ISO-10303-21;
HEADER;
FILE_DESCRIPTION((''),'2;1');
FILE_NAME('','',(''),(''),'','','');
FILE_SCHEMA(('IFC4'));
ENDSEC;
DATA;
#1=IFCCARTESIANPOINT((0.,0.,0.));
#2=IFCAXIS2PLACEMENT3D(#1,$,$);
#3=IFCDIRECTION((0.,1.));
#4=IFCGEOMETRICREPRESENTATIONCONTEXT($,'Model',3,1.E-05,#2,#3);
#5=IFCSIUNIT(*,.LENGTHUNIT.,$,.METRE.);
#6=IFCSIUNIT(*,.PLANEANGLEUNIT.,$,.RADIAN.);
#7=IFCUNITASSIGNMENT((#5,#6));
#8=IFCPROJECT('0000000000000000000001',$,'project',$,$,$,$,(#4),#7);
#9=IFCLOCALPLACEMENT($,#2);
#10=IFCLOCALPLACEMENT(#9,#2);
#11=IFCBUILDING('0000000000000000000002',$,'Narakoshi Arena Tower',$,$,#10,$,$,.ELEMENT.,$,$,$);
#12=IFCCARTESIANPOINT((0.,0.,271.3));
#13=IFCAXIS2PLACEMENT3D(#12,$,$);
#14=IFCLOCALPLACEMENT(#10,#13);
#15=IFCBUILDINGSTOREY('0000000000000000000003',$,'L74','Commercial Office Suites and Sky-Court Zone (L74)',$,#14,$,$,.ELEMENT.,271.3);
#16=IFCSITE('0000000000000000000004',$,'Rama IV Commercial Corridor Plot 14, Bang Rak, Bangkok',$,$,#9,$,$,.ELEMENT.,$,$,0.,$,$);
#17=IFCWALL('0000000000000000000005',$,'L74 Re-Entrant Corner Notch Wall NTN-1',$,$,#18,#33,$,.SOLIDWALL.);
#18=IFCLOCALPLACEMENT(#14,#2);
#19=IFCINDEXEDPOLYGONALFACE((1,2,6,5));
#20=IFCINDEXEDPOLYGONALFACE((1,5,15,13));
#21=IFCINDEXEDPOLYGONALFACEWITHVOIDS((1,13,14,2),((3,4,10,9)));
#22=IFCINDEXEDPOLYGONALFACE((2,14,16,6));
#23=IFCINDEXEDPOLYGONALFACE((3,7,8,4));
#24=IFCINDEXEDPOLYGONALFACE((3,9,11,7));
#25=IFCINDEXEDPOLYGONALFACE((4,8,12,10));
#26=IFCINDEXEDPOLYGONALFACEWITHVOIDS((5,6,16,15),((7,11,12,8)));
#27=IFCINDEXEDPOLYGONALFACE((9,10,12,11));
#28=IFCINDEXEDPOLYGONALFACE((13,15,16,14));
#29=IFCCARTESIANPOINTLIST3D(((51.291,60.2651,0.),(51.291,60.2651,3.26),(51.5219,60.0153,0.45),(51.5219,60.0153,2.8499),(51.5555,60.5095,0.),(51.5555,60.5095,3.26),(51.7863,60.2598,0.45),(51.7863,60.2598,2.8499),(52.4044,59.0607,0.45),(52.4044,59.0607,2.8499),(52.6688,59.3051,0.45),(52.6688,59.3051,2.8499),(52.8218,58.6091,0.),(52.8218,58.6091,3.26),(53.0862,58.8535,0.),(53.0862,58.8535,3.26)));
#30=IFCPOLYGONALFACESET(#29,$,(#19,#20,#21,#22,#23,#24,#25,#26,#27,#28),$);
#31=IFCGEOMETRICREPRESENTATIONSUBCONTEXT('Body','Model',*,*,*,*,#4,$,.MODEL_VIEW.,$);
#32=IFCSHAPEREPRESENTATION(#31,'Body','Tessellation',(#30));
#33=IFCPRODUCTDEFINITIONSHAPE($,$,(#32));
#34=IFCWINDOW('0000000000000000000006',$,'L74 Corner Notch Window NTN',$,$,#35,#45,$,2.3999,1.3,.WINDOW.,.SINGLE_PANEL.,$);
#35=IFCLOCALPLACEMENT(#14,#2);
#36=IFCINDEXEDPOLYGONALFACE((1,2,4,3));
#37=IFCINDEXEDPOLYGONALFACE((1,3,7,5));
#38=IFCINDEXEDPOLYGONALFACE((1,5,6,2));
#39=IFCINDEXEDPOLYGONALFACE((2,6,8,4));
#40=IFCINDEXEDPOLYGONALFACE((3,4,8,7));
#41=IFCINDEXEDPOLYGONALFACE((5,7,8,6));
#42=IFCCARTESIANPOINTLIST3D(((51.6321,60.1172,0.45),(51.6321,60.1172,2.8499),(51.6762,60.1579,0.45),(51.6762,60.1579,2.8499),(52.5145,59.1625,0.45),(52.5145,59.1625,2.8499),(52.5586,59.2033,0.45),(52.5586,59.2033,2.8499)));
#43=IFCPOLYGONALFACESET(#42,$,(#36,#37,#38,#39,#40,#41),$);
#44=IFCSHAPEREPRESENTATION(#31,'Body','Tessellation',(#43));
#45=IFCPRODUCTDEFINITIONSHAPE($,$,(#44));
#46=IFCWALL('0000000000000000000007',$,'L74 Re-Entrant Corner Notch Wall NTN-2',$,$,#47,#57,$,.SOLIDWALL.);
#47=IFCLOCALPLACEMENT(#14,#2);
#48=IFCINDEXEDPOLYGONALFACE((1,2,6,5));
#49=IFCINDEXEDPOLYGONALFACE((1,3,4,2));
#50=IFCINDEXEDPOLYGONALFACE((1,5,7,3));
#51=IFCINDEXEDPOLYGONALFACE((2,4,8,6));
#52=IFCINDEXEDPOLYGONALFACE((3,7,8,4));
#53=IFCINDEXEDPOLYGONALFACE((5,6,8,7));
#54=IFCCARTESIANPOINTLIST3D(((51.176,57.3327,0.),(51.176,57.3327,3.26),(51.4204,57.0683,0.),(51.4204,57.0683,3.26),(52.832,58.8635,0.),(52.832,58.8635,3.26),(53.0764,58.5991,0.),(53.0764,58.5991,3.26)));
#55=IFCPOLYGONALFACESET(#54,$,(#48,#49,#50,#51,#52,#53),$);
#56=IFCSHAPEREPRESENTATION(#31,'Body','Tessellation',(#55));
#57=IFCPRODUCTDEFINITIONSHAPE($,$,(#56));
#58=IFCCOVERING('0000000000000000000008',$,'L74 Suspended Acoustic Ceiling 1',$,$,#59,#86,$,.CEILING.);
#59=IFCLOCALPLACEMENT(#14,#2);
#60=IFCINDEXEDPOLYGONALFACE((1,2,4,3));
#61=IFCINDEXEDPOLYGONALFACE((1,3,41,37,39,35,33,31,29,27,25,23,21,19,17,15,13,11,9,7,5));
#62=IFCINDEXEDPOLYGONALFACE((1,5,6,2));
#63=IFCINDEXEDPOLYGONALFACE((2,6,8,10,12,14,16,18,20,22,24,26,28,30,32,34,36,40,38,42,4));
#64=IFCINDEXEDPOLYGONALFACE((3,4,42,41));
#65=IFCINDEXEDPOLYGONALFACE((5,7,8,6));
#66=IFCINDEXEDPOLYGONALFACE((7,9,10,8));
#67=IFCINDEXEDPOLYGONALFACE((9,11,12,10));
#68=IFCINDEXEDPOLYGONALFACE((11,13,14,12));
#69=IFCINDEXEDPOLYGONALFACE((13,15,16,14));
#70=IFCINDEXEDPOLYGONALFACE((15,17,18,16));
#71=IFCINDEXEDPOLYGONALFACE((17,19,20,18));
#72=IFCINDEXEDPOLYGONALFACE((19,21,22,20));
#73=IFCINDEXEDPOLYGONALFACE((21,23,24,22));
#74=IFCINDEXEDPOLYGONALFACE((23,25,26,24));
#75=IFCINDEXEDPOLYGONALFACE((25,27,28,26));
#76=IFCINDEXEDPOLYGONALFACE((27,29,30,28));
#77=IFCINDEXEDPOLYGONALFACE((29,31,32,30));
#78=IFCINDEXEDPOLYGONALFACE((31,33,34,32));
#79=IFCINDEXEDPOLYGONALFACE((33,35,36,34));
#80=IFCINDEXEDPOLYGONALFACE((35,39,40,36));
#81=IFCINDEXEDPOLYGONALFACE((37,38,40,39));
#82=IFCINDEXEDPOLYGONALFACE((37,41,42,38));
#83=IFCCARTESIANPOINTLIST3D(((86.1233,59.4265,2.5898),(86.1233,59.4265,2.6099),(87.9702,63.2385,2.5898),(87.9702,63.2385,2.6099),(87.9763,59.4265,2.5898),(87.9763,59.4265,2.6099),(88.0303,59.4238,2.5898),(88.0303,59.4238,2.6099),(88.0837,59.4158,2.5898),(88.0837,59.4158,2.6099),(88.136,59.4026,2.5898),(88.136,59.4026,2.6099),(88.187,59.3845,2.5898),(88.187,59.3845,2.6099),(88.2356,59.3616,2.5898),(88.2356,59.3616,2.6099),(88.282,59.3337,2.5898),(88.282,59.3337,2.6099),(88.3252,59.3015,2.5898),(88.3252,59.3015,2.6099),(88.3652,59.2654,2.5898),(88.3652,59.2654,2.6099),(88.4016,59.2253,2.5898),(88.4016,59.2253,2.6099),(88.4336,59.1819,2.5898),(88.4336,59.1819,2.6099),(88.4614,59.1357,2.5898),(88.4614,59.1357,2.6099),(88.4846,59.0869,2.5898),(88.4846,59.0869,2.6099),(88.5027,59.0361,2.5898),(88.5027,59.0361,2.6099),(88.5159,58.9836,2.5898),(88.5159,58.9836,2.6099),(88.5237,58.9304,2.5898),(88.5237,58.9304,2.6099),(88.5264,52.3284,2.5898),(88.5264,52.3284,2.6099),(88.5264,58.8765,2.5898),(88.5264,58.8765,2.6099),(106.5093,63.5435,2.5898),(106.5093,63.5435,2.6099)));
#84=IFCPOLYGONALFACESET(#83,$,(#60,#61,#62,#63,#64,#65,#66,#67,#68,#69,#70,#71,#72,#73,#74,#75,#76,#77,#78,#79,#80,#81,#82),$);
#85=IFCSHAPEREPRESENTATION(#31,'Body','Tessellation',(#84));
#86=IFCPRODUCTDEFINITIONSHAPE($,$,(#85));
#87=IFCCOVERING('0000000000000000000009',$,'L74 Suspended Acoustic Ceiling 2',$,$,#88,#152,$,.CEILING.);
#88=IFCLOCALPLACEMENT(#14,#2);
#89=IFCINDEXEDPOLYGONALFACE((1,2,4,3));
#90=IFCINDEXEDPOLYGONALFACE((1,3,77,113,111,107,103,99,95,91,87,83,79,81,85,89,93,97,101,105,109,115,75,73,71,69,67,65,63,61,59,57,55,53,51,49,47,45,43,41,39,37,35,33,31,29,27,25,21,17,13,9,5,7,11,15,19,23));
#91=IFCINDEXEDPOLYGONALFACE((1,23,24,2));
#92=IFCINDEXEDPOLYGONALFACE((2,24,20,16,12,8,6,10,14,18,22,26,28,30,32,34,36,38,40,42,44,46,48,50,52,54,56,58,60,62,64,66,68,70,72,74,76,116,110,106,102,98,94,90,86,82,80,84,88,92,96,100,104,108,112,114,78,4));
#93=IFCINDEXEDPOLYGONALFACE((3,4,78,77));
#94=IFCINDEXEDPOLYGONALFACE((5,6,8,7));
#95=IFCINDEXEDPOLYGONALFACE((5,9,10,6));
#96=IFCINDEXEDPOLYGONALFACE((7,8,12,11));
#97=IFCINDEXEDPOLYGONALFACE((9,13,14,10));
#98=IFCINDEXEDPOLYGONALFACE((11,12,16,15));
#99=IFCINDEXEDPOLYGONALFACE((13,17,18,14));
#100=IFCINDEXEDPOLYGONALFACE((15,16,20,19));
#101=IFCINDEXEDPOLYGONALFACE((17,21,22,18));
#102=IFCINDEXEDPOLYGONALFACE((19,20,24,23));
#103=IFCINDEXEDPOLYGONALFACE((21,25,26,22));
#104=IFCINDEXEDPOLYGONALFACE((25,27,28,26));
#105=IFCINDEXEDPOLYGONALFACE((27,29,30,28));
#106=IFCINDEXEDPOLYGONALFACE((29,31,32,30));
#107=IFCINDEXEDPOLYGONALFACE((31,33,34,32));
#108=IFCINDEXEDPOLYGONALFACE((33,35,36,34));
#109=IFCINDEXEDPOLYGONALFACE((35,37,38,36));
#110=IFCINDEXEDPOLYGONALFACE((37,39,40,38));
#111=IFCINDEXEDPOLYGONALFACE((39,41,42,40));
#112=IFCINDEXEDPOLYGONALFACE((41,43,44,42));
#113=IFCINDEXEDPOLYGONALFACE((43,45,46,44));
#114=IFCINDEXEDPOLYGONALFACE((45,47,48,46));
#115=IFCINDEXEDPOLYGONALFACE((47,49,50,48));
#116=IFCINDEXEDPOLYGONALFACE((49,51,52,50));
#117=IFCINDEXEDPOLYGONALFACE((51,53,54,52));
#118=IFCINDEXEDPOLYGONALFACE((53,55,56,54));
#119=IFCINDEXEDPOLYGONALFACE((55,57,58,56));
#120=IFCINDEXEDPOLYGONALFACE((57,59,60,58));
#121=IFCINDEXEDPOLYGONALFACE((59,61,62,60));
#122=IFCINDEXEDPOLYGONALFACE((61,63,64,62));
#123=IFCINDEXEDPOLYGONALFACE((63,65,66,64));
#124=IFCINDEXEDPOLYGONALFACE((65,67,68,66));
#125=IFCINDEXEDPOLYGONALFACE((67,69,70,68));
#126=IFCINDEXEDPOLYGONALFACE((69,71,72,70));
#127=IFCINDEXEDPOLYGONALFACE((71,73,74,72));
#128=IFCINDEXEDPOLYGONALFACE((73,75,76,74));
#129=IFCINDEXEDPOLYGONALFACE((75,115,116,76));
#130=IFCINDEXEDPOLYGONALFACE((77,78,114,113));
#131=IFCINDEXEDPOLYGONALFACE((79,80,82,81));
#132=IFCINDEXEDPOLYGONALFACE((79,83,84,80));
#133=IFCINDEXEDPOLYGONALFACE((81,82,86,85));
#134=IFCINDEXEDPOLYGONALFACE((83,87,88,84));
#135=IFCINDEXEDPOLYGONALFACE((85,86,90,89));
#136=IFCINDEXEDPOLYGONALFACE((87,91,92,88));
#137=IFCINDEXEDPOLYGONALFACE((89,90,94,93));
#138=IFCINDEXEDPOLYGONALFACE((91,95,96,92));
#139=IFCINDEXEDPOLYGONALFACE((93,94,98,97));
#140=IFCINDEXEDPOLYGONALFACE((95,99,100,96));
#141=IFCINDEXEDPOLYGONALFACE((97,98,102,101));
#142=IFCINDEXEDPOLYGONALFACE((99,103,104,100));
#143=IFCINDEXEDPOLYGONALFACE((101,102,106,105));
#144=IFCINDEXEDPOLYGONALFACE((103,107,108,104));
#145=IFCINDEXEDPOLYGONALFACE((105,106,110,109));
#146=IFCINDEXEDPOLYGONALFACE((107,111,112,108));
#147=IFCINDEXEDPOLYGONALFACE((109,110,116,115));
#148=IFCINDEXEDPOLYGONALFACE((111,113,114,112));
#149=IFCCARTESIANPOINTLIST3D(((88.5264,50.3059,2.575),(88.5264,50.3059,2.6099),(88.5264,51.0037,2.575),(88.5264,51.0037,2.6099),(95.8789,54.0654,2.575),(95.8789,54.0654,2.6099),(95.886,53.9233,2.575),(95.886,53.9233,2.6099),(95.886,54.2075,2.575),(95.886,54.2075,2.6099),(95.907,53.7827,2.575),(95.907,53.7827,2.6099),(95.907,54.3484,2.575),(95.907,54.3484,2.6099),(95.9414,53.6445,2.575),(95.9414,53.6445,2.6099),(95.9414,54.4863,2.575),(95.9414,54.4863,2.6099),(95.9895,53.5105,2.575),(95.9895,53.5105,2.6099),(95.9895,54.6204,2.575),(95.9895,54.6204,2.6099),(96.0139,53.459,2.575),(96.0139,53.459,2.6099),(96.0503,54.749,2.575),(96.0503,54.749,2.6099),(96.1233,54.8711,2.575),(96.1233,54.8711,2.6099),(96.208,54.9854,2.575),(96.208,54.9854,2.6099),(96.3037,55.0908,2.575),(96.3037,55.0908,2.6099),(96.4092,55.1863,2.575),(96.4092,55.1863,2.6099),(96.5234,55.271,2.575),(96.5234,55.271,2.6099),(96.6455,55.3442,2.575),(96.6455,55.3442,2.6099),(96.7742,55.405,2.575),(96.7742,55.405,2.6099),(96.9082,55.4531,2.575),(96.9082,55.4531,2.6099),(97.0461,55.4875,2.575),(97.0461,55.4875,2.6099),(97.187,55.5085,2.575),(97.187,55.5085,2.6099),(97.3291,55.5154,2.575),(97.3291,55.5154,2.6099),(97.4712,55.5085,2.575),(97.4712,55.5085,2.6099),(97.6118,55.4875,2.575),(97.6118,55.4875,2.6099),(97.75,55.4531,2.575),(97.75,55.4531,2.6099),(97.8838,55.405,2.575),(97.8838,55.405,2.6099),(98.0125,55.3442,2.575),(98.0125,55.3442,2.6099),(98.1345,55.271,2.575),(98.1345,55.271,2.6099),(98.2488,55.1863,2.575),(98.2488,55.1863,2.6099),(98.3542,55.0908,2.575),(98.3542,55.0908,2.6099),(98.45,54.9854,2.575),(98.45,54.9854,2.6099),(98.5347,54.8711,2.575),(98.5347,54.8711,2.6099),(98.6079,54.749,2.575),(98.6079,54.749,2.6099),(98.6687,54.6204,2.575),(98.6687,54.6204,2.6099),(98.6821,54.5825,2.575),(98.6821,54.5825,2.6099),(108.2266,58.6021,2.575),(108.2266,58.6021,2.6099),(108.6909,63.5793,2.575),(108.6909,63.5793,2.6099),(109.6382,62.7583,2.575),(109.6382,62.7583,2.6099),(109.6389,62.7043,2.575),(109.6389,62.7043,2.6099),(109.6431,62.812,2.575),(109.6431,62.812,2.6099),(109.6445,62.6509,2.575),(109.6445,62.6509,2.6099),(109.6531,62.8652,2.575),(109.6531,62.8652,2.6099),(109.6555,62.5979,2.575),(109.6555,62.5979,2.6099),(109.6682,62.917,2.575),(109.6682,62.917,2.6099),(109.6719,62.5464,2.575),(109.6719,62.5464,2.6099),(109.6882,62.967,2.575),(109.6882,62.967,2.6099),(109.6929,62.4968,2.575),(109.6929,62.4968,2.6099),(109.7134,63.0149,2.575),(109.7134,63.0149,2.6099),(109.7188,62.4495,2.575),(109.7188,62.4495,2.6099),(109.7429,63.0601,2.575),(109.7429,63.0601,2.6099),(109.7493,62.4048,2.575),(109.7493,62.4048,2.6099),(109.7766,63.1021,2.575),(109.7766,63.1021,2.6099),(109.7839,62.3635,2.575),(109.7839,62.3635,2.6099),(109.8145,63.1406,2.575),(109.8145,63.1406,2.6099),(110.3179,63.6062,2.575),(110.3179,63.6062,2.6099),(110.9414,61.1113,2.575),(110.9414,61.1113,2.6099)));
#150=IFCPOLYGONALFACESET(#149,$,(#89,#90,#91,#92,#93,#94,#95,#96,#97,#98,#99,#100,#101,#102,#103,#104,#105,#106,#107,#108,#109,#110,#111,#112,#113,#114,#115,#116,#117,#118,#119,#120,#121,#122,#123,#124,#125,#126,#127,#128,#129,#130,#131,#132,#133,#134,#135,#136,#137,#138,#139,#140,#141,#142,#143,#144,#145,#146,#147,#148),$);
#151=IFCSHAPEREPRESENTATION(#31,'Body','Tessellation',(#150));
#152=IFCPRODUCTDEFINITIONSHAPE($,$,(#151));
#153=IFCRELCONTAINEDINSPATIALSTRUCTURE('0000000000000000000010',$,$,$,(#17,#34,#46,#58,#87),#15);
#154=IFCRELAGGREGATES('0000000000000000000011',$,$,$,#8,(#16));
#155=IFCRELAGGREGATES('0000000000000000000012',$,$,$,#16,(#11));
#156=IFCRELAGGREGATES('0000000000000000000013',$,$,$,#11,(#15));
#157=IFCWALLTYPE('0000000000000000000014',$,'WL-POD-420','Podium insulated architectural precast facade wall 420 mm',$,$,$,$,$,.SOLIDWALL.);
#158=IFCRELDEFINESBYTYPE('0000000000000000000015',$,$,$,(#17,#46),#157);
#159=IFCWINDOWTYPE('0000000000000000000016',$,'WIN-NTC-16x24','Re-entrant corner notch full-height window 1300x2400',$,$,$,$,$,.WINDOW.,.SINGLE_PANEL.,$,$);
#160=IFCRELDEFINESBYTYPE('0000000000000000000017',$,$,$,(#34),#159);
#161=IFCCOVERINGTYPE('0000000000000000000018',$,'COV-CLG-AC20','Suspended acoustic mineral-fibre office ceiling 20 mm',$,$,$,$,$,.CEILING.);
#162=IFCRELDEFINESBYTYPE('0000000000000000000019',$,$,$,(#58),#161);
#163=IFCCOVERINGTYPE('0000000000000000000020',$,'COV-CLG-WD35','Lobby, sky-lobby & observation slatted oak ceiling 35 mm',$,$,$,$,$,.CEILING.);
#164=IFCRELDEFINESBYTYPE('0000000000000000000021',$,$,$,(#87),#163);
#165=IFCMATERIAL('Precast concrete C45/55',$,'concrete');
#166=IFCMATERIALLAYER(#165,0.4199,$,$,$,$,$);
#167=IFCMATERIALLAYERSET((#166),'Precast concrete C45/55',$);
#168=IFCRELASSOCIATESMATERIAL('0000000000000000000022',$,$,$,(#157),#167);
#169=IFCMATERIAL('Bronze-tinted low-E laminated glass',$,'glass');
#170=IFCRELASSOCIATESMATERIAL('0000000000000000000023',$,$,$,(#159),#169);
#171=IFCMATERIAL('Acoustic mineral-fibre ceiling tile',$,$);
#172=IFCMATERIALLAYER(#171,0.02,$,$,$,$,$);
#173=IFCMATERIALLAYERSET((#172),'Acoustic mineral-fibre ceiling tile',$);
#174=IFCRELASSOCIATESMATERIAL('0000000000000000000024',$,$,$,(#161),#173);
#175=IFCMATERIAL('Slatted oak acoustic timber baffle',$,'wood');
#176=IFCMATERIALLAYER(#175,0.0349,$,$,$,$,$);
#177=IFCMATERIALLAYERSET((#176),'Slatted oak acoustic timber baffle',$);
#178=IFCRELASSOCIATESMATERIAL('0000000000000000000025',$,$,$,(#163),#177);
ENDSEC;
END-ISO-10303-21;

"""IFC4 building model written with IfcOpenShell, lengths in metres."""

from ifc_helpers import new_model, si_unit, direction, frame, frame_2d, origin, place, context, subcontext, project, spatial, polyline, rectangle, outline, extrude, material, layer, layer_set, type_object, element, fill, save


model = new_model("IFC4")

# Units and contexts
model_context = context("Model", 3, precision=1e-05, world=origin(), true_north=direction((0.0, 1.0)))
body_context = subcontext(model_context, "Body", "Model", "MODEL_VIEW")
ifc_project = project(units=[si_unit("LENGTHUNIT", "METRE"), si_unit("PLANEANGLEUNIT", "RADIAN")], contexts=[model_context])

# Site, building, storey
site_placement = place(None, origin())
site = spatial("IfcSite", under=ifc_project, at=site_placement, Name="Rama IV Commercial Corridor Plot 14, Bang Rak, Bangkok", CompositionType="ELEMENT", RefElevation=0.0)
building_placement = place(site_placement, origin())
building = spatial("IfcBuilding", under=site, at=building_placement, Name="Narakoshi Arena Tower", CompositionType="ELEMENT")
storey_placement = place(building_placement, frame((0.0, 0.0, 271.3)))
storey = spatial("IfcBuildingStorey", under=building, at=storey_placement, Name="L74", Description="Commercial Office Suites and Sky-Court Zone (L74)", CompositionType="ELEMENT", Elevation=271.3)

# Shared definitions
ifc_material_1 = material(Name="Bronze-tinted low-E laminated glass", Category="glass")

# Shared definitions
ifc_material_2 = material(Name="Precast concrete C45/55", Category="concrete")

# Wall, opening, window
ifc_layer_1 = layer(ifc_material_2, 0.4199)
ifc_layer_set_1 = layer_set([ifc_layer_1], Name="Precast concrete C45/55")
wall_type_1 = type_object("IfcWallType", Name="WL-POD-420", Description="Podium insulated architectural precast facade wall 420 mm", PredefinedType="SOLIDWALL", material=ifc_layer_set_1)
wall_1_placement = place(storey_placement, frame((51.4233, 60.3872, 0.0), z_axis=(0.0, 0.0, 1.0), x_axis=(0.678793, -0.73433, 0.0)))
wall_1 = element("IfcWall", 1, at=wall_1_placement, inside=storey, type_object=wall_type_1, Name="L74 Re-Entrant Corner Notch Wall NTN-1", PredefinedType="SOLIDWALL", context=body_context, shape_type="SweptSolid", body=[
    extrude(rectangle(XDim=2.2551, YDim=0.3601, at=frame_2d((1.1274, 0.0))), origin(), (0.0, 0.0, 1.0), 3.26),
])
opening_1_placement = place(wall_1_placement, frame((0.3401, 0.0, 0.45)))
opening_1 = element("IfcOpeningElement", 2, at=opening_1_placement, cuts=wall_1, PredefinedType="OPENING", context=body_context, shape_type="SweptSolid", body=[
    extrude(rectangle(XDim=1.3, YDim=2.3999, at=frame_2d((0.6499, 1.2))), frame((0.0, 0.1899, 0.0), z_axis=(0.0, -1.0, 0.0), x_axis=(1.0, 0.0, 0.0)), (0.0, 0.0, 1.0), 0.3801),
])
window_type_1 = type_object("IfcWindowType", Name="WIN-NTC-16x24", Description="Re-entrant corner notch full-height window 1300x2400", PartitioningType="SINGLE_PANEL", PredefinedType="WINDOW", material=ifc_material_1)
window_1_placement = place(opening_1_placement, origin())
window_1 = element("IfcWindow", 3, at=window_1_placement, inside=storey, type_object=window_type_1, Name="L74 Corner Notch Window NTN", OverallHeight=2.3999, OverallWidth=1.3, PartitioningType="SINGLE_PANEL", PredefinedType="WINDOW", context=body_context, shape_type="SweptSolid", body=[
    extrude(rectangle(XDim=1.3, YDim=2.3999, at=frame_2d((0.6499, 1.2))), frame((0.0, 0.03, 0.0), z_axis=(0.0, -1.0, 0.0), x_axis=(1.0, 0.0, 0.0)), (0.0, 0.0, 1.0), 0.0601),
])
fill(opening_1, window_1)

# Wall
wall_2_placement = place(storey_placement, frame((52.9541, 58.7312, 0.0), z_axis=(0.0, 0.0, 1.0), x_axis=(-0.73433, -0.678793, 0.0)))
element("IfcWall", 4, at=wall_2_placement, inside=storey, type_object=wall_type_1, Name="L74 Re-Entrant Corner Notch Wall NTN-2", PredefinedType="SOLIDWALL", context=body_context, shape_type="SweptSolid", body=[
    extrude(rectangle(XDim=2.2551, YDim=0.3601, at=frame_2d((1.1274, 0.0))), origin(), (0.0, 0.0, 1.0), 3.26),
])

# Coverings
ifc_material_3 = material(Name="Acoustic mineral-fibre ceiling tile")
ifc_layer_2 = layer(ifc_material_3, 0.02)
ifc_layer_set_2 = layer_set([ifc_layer_2], Name="Acoustic mineral-fibre ceiling tile")
covering_type_1 = type_object("IfcCoveringType", Name="COV-CLG-AC20", Description="Suspended acoustic mineral-fibre office ceiling 20 mm", PredefinedType="CEILING", material=ifc_layer_set_2)
covering_1_placement = place(storey_placement, frame((0.0, 0.0, 2.5898)))
element("IfcCovering", 5, at=covering_1_placement, inside=storey, type_object=covering_type_1, Name="L74 Suspended Acoustic Ceiling 1", PredefinedType="CEILING", context=body_context, shape_type="SweptSolid", body=[
    extrude(outline(polyline([(88.5264, 52.3284), (88.5264, 58.8765), (88.5237, 58.9304), (88.5159, 58.9836), (88.5027, 59.0361), (88.4846, 59.0869), (88.4614, 59.1357), (88.4336, 59.1819), (88.4016, 59.2253), (88.3652, 59.2654), (88.3252, 59.3015), (88.282, 59.3337), (88.2356, 59.3616), (88.187, 59.3845), (88.136, 59.4026), (88.0837, 59.4158), (88.0303, 59.4238), (87.9763, 59.4265), (86.1233, 59.4265), (87.9702, 63.2385), (106.5093, 63.5435), (88.5264, 52.3284)])), origin(), (0.0, 0.0, 1.0), 0.02),
])
ifc_material_4 = material(Name="Slatted oak acoustic timber baffle", Category="wood")
ifc_layer_3 = layer(ifc_material_4, 0.0349)
ifc_layer_set_3 = layer_set([ifc_layer_3], Name="Slatted oak acoustic timber baffle")
covering_type_2 = type_object("IfcCoveringType", Name="COV-CLG-WD35", Description="Lobby, sky-lobby & observation slatted oak ceiling 35 mm", PredefinedType="CEILING", material=ifc_layer_set_3)
covering_2_placement = place(storey_placement, frame((0.0, 0.0, 2.575)))
element("IfcCovering", 6, at=covering_2_placement, inside=storey, type_object=covering_type_2, Name="L74 Suspended Acoustic Ceiling 2", PredefinedType="CEILING", context=body_context, shape_type="SweptSolid", body=[
    extrude(outline(polyline([(109.7766, 63.1021), (109.7429, 63.0601), (109.7134, 63.0149), (109.6882, 62.967), (109.6682, 62.917), (109.6531, 62.8652), (109.6431, 62.812), (109.6382, 62.7583), (109.6389, 62.7043), (109.6445, 62.6509), (109.6555, 62.5979), (109.6719, 62.5464), (109.6929, 62.4968), (109.7188, 62.4495), (109.7493, 62.4048), (109.7839, 62.3635), (110.9414, 61.1113), (108.2266, 58.6021), (98.6821, 54.5825), (98.6687, 54.6204), (98.6079, 54.749), (98.5347, 54.8711), (98.45, 54.9854), (98.3542, 55.0908), (98.2488, 55.1863), (98.1345, 55.271), (98.0125, 55.3442), (97.8838, 55.405), (97.75, 55.4531), (97.6118, 55.4875), (97.4712, 55.5085), (97.3291, 55.5154), (97.187, 55.5085), (97.0461, 55.4875), (96.9082, 55.4531), (96.7742, 55.405), (96.6455, 55.3442), (96.5234, 55.271), (96.4092, 55.1863), (96.3037, 55.0908), (96.208, 54.9854), (96.1233, 54.8711), (96.0503, 54.749), (95.9895, 54.6204), (95.9414, 54.4863), (95.907, 54.3484), (95.886, 54.2075), (95.8789, 54.0654), (95.886, 53.9233), (95.907, 53.7827), (95.9414, 53.6445), (95.9895, 53.5105), (96.0139, 53.459), (88.5264, 50.3059), (88.5264, 51.0037), (108.6909, 63.5793), (110.3179, 63.6062), (109.8145, 63.1406), (109.7766, 63.1021)])), origin(), (0.0, 0.0, 1.0), 0.0349),
])

save(model, "model.ifc")
